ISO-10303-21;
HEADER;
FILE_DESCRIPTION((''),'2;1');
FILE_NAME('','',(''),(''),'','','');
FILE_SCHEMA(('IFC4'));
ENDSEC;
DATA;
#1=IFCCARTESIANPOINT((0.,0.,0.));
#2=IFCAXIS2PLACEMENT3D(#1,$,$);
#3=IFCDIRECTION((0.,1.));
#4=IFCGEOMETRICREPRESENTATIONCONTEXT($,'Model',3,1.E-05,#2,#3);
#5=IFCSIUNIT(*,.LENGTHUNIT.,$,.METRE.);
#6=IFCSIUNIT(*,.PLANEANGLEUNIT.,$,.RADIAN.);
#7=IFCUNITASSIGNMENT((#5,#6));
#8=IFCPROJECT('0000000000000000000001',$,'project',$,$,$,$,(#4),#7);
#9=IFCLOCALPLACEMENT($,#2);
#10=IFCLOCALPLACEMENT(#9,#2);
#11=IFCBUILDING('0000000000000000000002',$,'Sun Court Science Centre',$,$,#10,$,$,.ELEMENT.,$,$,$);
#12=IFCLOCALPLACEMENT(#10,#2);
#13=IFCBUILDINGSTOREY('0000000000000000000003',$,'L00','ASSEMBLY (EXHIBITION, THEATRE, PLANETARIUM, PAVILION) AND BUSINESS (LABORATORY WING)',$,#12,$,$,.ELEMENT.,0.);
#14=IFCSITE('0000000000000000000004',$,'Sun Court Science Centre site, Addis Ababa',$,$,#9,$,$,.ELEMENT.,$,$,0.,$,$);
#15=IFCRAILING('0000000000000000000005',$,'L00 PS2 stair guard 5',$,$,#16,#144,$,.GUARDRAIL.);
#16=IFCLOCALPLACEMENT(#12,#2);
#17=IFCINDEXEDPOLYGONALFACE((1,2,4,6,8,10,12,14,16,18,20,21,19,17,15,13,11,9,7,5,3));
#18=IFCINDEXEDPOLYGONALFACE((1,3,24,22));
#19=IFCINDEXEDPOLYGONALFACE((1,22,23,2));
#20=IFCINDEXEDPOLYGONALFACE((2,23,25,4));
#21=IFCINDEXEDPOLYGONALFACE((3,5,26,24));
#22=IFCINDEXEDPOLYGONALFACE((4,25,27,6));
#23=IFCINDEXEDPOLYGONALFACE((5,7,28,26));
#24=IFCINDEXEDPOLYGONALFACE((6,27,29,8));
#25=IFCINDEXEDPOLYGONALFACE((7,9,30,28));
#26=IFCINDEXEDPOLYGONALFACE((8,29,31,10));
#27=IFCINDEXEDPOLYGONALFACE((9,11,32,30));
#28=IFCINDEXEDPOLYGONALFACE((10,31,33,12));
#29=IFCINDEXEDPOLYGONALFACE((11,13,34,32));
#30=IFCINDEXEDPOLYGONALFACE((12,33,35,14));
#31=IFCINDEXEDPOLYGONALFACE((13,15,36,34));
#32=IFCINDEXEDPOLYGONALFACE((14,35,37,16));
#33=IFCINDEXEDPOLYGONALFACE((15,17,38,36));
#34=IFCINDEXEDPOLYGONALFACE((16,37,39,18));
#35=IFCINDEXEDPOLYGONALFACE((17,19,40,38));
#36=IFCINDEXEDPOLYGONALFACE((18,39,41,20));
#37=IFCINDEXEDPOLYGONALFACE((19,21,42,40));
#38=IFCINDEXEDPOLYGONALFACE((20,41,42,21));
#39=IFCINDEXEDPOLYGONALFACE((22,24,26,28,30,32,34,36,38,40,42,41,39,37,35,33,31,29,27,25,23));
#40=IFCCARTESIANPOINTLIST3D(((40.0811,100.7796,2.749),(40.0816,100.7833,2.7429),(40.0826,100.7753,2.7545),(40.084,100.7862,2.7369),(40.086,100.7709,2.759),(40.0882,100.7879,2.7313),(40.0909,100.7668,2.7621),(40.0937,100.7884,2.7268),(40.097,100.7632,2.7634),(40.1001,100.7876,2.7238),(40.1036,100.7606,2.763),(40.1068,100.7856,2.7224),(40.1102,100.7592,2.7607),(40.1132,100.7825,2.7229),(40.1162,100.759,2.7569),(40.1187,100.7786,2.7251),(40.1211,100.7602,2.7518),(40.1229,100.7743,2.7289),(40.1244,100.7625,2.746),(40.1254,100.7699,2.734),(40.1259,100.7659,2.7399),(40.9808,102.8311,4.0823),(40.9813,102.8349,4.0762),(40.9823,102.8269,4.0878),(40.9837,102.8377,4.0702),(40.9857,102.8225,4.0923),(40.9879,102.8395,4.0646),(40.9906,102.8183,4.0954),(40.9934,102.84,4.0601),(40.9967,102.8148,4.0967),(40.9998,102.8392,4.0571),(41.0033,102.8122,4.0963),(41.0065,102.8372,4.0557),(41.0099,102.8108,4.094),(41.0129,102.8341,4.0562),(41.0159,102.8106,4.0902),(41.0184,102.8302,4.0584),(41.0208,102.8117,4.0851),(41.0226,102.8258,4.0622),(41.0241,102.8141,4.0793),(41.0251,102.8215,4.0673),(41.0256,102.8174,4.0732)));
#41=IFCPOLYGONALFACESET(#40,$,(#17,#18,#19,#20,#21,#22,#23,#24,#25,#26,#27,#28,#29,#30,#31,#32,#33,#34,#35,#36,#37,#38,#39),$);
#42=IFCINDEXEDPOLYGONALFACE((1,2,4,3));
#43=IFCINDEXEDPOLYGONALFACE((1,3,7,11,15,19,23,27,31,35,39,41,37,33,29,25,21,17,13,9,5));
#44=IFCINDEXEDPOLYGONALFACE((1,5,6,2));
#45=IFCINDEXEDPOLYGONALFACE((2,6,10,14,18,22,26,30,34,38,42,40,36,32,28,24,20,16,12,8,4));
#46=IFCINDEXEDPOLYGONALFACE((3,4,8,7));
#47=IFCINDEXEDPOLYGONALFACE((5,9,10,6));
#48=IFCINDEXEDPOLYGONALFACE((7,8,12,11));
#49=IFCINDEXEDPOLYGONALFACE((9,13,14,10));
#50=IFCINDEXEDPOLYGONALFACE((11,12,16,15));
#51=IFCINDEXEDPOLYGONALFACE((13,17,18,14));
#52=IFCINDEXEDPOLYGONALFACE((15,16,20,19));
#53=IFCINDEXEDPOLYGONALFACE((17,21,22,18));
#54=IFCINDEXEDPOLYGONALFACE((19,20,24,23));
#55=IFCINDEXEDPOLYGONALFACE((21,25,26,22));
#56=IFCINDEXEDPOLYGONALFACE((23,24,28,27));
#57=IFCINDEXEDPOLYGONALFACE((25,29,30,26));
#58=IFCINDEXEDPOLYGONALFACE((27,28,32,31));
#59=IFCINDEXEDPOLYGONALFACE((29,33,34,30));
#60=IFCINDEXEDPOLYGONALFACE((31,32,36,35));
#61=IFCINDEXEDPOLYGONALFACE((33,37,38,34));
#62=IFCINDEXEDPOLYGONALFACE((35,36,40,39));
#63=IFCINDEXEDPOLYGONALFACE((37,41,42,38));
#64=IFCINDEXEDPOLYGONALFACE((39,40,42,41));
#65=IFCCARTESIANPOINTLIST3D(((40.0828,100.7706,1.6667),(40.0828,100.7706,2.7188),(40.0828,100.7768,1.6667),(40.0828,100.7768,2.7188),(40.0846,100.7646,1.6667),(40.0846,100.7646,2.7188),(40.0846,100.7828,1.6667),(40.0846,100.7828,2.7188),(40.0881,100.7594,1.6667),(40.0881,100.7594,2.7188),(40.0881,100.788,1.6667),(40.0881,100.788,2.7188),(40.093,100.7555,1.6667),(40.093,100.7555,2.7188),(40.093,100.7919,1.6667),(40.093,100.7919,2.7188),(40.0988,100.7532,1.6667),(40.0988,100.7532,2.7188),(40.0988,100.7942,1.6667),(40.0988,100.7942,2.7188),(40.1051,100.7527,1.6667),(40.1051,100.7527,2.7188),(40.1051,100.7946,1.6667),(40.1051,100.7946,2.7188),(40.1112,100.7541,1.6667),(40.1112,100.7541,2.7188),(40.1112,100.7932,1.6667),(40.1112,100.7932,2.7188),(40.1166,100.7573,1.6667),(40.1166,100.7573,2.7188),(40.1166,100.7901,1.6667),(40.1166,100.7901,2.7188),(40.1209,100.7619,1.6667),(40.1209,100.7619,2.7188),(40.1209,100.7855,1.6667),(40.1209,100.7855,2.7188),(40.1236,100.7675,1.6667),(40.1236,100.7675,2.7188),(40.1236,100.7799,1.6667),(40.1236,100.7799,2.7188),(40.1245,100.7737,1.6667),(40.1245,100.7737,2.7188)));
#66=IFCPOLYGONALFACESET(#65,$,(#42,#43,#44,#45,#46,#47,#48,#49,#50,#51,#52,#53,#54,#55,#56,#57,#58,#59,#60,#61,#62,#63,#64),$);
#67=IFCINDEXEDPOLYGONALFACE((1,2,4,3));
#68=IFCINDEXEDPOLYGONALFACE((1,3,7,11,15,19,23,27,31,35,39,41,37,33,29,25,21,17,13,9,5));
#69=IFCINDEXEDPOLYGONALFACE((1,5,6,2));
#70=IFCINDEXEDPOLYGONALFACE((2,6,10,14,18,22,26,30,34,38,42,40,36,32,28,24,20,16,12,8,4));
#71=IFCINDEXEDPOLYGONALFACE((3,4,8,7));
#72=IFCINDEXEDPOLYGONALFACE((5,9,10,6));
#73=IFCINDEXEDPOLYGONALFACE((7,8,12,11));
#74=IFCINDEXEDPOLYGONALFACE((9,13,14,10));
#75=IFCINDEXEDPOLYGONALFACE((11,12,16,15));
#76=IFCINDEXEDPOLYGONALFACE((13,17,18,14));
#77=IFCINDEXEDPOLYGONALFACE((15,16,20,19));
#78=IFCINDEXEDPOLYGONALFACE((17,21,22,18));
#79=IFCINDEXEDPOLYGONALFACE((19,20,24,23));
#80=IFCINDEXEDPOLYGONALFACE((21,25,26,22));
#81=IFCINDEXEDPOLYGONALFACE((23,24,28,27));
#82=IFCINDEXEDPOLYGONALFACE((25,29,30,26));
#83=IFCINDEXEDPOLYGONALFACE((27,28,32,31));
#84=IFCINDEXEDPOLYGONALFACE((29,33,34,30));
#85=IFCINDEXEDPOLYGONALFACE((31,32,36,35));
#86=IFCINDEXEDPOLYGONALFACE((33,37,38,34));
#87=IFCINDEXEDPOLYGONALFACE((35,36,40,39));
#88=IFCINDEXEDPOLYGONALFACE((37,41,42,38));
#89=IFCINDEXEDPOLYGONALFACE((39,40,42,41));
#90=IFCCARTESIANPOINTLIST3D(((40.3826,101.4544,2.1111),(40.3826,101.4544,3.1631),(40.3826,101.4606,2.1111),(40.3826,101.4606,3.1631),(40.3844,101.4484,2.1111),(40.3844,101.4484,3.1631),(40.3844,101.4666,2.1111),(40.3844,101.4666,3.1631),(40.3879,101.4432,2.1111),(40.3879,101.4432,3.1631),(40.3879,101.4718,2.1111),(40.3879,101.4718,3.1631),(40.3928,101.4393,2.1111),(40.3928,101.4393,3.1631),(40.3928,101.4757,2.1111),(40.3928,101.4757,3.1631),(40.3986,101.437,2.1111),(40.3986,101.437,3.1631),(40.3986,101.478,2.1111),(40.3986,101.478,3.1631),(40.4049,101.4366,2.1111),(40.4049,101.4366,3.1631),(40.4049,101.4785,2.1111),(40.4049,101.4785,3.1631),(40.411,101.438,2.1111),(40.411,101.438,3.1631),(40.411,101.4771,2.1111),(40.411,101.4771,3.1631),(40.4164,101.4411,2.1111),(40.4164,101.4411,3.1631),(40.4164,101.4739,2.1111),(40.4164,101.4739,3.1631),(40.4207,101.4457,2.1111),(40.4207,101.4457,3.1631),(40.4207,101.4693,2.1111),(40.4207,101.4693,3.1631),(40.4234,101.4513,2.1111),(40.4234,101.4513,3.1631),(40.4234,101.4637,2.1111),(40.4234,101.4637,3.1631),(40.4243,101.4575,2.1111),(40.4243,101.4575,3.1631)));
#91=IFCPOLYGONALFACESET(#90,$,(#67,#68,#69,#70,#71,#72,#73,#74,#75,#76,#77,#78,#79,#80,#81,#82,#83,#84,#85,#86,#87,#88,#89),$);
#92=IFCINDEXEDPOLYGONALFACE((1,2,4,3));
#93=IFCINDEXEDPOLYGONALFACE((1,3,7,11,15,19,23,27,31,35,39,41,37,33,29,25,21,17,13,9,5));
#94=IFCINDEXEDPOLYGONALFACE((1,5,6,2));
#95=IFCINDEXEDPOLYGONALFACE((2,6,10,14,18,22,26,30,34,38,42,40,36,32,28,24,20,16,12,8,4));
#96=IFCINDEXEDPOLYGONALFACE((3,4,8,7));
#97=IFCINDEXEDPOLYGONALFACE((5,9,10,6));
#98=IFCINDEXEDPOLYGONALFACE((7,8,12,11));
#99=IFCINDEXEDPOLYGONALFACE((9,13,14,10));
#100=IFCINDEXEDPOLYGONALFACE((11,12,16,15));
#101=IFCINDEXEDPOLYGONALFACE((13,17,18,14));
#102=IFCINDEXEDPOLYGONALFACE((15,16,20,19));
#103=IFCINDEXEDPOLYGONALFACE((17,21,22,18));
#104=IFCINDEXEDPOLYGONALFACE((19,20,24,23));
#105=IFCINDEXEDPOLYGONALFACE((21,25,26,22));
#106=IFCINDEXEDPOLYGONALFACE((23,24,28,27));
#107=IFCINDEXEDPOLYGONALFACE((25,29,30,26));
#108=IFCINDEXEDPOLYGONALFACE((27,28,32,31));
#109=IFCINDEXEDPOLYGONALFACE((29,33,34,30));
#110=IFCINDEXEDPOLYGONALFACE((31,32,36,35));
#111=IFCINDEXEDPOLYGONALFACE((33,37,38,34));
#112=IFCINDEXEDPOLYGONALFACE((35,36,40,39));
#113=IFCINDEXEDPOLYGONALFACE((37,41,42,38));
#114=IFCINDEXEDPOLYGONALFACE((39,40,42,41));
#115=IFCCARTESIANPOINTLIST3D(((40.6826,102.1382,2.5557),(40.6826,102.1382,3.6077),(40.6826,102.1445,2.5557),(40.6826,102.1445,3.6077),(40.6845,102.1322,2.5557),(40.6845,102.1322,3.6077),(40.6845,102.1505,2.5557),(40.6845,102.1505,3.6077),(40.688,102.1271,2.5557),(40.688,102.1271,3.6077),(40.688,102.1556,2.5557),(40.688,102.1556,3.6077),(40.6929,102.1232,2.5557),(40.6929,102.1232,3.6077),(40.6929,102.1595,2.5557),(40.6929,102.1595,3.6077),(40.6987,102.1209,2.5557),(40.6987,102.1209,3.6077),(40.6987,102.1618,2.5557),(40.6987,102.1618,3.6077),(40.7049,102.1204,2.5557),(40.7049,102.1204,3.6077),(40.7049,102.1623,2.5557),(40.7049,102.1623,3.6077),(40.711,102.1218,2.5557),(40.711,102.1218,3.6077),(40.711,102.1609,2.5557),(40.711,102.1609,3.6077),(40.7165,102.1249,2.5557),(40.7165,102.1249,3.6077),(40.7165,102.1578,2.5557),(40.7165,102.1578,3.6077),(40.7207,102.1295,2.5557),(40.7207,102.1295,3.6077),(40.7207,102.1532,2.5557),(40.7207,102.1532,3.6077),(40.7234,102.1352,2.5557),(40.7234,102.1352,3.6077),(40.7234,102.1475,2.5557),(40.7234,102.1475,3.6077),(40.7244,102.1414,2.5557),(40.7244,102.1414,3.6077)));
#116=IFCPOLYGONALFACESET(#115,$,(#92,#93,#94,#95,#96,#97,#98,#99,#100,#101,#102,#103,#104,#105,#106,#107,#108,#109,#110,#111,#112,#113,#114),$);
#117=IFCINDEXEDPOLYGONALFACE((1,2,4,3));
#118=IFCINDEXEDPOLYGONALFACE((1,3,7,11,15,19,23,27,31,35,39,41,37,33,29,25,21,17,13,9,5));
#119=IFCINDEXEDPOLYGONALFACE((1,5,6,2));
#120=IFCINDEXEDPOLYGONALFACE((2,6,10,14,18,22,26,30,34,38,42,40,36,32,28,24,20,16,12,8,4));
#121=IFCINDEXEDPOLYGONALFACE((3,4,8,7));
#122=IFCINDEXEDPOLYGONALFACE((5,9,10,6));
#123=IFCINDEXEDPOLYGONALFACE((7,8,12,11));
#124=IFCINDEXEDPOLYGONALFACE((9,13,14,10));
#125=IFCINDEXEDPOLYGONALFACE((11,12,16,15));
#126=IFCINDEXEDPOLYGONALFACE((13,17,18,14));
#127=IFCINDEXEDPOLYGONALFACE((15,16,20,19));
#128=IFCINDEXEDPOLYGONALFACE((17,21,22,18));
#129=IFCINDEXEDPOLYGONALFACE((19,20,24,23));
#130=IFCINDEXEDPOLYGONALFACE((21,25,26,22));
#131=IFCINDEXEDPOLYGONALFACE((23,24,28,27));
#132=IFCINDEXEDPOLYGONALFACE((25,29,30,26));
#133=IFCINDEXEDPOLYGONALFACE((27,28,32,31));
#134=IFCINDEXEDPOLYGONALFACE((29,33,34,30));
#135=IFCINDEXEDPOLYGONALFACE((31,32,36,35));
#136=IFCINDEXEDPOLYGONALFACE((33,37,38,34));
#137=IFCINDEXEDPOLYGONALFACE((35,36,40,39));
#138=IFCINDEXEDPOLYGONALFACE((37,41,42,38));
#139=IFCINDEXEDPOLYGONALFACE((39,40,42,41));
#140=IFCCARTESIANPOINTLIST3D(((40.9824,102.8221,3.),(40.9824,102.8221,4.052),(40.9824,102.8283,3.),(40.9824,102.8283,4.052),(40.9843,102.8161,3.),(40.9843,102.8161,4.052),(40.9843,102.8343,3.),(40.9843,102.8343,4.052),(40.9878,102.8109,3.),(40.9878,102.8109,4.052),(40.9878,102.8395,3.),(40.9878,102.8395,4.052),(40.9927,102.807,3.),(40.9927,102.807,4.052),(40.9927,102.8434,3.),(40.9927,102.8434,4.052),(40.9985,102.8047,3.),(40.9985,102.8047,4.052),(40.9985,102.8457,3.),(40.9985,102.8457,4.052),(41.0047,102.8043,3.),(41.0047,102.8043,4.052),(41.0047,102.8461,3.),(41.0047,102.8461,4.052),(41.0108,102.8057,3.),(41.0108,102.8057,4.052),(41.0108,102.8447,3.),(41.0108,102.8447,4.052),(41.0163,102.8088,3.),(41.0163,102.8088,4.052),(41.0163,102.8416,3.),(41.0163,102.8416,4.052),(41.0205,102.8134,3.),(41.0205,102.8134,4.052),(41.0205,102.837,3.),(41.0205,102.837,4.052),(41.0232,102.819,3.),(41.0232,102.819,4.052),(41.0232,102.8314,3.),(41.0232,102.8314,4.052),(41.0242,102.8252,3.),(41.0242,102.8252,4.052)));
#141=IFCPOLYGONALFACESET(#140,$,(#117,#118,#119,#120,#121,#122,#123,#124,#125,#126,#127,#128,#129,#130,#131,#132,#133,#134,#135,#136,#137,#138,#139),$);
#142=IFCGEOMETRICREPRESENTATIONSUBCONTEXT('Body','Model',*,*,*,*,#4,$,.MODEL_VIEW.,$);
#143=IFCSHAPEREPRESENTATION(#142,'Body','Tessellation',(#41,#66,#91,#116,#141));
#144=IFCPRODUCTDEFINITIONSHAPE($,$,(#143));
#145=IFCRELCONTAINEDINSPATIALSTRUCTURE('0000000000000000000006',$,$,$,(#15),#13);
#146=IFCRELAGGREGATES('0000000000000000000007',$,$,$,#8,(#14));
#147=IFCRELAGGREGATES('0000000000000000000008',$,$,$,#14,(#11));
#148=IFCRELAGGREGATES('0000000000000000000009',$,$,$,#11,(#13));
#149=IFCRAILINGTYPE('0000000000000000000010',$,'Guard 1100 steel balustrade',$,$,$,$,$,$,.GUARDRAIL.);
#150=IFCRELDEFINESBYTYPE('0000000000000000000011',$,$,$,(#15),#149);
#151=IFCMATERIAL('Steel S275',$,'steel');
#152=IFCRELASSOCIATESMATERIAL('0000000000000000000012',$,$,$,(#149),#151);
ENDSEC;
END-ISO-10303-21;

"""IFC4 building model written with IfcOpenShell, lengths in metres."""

from ifc_helpers import new_model, si_unit, direction, frame, origin, origin_2d, place, context, subcontext, project, spatial, circle, extrude, material, type_object, element, save


model = new_model("IFC4")

# Units and contexts
model_context = context("Model", 3, precision=1e-05, world=origin(), true_north=direction((0.0, 1.0)))
body_context = subcontext(model_context, "Body", "Model", "MODEL_VIEW")
ifc_project = project(units=[si_unit("LENGTHUNIT", "METRE"), si_unit("PLANEANGLEUNIT", "RADIAN")], contexts=[model_context])

# Site, building, storey
site_placement = place(None, origin())
site = spatial("IfcSite", under=ifc_project, at=site_placement, Name="Sun Court Science Centre site, Addis Ababa", CompositionType="ELEMENT", RefElevation=0.0)
building_placement = place(site_placement, origin())
building = spatial("IfcBuilding", under=site, at=building_placement, Name="Sun Court Science Centre", CompositionType="ELEMENT")
storey_placement = place(building_placement, origin())
storey = spatial("IfcBuildingStorey", under=building, at=storey_placement, Name="L00", Description="ASSEMBLY (EXHIBITION, THEATRE, PLANETARIUM, PAVILION) AND BUSINESS (LABORATORY WING)", CompositionType="ELEMENT", Elevation=0.0)

# Railing
ifc_material_1 = material(Name="Steel S275", Category="steel")
railing_type_1 = type_object("IfcRailingType", Name="Guard 1100 steel balustrade", PredefinedType="GUARDRAIL", material=ifc_material_1)
railing_1_placement = place(storey_placement, frame((40.1035, 100.7737, 1.6667)))
element("IfcRailing", 1, at=railing_1_placement, inside=storey, type_object=railing_type_1, Name="L00 PS2 stair guard 5", PredefinedType="GUARDRAIL", context=body_context, shape_type="SweptSolid", body=[
    extrude(circle(Radius=0.0239, at=origin_2d()), frame((0.0, 0.0, 1.0762), z_axis=(0.345113, 0.786971, 0.511442), x_axis=(-0.915809, 0.401613, 0.0)), (0.0, 0.0, 1.0), 2.6069),
    extrude(circle(Radius=0.021, at=origin_2d()), origin(), (0.0, 0.0, 1.0), 1.052),
    extrude(circle(Radius=0.021, at=origin_2d()), frame((0.2998, 0.6838, 0.4443)), (0.0, 0.0, 1.0), 1.052),
    extrude(circle(Radius=0.021, at=origin_2d()), frame((0.5999, 1.3677, 0.8889)), (0.0, 0.0, 1.0), 1.052),
    extrude(circle(Radius=0.021, at=origin_2d()), frame((0.8997, 2.0515, 1.3333)), (0.0, 0.0, 1.0), 1.052),
])

save(model, "model.ifc")
